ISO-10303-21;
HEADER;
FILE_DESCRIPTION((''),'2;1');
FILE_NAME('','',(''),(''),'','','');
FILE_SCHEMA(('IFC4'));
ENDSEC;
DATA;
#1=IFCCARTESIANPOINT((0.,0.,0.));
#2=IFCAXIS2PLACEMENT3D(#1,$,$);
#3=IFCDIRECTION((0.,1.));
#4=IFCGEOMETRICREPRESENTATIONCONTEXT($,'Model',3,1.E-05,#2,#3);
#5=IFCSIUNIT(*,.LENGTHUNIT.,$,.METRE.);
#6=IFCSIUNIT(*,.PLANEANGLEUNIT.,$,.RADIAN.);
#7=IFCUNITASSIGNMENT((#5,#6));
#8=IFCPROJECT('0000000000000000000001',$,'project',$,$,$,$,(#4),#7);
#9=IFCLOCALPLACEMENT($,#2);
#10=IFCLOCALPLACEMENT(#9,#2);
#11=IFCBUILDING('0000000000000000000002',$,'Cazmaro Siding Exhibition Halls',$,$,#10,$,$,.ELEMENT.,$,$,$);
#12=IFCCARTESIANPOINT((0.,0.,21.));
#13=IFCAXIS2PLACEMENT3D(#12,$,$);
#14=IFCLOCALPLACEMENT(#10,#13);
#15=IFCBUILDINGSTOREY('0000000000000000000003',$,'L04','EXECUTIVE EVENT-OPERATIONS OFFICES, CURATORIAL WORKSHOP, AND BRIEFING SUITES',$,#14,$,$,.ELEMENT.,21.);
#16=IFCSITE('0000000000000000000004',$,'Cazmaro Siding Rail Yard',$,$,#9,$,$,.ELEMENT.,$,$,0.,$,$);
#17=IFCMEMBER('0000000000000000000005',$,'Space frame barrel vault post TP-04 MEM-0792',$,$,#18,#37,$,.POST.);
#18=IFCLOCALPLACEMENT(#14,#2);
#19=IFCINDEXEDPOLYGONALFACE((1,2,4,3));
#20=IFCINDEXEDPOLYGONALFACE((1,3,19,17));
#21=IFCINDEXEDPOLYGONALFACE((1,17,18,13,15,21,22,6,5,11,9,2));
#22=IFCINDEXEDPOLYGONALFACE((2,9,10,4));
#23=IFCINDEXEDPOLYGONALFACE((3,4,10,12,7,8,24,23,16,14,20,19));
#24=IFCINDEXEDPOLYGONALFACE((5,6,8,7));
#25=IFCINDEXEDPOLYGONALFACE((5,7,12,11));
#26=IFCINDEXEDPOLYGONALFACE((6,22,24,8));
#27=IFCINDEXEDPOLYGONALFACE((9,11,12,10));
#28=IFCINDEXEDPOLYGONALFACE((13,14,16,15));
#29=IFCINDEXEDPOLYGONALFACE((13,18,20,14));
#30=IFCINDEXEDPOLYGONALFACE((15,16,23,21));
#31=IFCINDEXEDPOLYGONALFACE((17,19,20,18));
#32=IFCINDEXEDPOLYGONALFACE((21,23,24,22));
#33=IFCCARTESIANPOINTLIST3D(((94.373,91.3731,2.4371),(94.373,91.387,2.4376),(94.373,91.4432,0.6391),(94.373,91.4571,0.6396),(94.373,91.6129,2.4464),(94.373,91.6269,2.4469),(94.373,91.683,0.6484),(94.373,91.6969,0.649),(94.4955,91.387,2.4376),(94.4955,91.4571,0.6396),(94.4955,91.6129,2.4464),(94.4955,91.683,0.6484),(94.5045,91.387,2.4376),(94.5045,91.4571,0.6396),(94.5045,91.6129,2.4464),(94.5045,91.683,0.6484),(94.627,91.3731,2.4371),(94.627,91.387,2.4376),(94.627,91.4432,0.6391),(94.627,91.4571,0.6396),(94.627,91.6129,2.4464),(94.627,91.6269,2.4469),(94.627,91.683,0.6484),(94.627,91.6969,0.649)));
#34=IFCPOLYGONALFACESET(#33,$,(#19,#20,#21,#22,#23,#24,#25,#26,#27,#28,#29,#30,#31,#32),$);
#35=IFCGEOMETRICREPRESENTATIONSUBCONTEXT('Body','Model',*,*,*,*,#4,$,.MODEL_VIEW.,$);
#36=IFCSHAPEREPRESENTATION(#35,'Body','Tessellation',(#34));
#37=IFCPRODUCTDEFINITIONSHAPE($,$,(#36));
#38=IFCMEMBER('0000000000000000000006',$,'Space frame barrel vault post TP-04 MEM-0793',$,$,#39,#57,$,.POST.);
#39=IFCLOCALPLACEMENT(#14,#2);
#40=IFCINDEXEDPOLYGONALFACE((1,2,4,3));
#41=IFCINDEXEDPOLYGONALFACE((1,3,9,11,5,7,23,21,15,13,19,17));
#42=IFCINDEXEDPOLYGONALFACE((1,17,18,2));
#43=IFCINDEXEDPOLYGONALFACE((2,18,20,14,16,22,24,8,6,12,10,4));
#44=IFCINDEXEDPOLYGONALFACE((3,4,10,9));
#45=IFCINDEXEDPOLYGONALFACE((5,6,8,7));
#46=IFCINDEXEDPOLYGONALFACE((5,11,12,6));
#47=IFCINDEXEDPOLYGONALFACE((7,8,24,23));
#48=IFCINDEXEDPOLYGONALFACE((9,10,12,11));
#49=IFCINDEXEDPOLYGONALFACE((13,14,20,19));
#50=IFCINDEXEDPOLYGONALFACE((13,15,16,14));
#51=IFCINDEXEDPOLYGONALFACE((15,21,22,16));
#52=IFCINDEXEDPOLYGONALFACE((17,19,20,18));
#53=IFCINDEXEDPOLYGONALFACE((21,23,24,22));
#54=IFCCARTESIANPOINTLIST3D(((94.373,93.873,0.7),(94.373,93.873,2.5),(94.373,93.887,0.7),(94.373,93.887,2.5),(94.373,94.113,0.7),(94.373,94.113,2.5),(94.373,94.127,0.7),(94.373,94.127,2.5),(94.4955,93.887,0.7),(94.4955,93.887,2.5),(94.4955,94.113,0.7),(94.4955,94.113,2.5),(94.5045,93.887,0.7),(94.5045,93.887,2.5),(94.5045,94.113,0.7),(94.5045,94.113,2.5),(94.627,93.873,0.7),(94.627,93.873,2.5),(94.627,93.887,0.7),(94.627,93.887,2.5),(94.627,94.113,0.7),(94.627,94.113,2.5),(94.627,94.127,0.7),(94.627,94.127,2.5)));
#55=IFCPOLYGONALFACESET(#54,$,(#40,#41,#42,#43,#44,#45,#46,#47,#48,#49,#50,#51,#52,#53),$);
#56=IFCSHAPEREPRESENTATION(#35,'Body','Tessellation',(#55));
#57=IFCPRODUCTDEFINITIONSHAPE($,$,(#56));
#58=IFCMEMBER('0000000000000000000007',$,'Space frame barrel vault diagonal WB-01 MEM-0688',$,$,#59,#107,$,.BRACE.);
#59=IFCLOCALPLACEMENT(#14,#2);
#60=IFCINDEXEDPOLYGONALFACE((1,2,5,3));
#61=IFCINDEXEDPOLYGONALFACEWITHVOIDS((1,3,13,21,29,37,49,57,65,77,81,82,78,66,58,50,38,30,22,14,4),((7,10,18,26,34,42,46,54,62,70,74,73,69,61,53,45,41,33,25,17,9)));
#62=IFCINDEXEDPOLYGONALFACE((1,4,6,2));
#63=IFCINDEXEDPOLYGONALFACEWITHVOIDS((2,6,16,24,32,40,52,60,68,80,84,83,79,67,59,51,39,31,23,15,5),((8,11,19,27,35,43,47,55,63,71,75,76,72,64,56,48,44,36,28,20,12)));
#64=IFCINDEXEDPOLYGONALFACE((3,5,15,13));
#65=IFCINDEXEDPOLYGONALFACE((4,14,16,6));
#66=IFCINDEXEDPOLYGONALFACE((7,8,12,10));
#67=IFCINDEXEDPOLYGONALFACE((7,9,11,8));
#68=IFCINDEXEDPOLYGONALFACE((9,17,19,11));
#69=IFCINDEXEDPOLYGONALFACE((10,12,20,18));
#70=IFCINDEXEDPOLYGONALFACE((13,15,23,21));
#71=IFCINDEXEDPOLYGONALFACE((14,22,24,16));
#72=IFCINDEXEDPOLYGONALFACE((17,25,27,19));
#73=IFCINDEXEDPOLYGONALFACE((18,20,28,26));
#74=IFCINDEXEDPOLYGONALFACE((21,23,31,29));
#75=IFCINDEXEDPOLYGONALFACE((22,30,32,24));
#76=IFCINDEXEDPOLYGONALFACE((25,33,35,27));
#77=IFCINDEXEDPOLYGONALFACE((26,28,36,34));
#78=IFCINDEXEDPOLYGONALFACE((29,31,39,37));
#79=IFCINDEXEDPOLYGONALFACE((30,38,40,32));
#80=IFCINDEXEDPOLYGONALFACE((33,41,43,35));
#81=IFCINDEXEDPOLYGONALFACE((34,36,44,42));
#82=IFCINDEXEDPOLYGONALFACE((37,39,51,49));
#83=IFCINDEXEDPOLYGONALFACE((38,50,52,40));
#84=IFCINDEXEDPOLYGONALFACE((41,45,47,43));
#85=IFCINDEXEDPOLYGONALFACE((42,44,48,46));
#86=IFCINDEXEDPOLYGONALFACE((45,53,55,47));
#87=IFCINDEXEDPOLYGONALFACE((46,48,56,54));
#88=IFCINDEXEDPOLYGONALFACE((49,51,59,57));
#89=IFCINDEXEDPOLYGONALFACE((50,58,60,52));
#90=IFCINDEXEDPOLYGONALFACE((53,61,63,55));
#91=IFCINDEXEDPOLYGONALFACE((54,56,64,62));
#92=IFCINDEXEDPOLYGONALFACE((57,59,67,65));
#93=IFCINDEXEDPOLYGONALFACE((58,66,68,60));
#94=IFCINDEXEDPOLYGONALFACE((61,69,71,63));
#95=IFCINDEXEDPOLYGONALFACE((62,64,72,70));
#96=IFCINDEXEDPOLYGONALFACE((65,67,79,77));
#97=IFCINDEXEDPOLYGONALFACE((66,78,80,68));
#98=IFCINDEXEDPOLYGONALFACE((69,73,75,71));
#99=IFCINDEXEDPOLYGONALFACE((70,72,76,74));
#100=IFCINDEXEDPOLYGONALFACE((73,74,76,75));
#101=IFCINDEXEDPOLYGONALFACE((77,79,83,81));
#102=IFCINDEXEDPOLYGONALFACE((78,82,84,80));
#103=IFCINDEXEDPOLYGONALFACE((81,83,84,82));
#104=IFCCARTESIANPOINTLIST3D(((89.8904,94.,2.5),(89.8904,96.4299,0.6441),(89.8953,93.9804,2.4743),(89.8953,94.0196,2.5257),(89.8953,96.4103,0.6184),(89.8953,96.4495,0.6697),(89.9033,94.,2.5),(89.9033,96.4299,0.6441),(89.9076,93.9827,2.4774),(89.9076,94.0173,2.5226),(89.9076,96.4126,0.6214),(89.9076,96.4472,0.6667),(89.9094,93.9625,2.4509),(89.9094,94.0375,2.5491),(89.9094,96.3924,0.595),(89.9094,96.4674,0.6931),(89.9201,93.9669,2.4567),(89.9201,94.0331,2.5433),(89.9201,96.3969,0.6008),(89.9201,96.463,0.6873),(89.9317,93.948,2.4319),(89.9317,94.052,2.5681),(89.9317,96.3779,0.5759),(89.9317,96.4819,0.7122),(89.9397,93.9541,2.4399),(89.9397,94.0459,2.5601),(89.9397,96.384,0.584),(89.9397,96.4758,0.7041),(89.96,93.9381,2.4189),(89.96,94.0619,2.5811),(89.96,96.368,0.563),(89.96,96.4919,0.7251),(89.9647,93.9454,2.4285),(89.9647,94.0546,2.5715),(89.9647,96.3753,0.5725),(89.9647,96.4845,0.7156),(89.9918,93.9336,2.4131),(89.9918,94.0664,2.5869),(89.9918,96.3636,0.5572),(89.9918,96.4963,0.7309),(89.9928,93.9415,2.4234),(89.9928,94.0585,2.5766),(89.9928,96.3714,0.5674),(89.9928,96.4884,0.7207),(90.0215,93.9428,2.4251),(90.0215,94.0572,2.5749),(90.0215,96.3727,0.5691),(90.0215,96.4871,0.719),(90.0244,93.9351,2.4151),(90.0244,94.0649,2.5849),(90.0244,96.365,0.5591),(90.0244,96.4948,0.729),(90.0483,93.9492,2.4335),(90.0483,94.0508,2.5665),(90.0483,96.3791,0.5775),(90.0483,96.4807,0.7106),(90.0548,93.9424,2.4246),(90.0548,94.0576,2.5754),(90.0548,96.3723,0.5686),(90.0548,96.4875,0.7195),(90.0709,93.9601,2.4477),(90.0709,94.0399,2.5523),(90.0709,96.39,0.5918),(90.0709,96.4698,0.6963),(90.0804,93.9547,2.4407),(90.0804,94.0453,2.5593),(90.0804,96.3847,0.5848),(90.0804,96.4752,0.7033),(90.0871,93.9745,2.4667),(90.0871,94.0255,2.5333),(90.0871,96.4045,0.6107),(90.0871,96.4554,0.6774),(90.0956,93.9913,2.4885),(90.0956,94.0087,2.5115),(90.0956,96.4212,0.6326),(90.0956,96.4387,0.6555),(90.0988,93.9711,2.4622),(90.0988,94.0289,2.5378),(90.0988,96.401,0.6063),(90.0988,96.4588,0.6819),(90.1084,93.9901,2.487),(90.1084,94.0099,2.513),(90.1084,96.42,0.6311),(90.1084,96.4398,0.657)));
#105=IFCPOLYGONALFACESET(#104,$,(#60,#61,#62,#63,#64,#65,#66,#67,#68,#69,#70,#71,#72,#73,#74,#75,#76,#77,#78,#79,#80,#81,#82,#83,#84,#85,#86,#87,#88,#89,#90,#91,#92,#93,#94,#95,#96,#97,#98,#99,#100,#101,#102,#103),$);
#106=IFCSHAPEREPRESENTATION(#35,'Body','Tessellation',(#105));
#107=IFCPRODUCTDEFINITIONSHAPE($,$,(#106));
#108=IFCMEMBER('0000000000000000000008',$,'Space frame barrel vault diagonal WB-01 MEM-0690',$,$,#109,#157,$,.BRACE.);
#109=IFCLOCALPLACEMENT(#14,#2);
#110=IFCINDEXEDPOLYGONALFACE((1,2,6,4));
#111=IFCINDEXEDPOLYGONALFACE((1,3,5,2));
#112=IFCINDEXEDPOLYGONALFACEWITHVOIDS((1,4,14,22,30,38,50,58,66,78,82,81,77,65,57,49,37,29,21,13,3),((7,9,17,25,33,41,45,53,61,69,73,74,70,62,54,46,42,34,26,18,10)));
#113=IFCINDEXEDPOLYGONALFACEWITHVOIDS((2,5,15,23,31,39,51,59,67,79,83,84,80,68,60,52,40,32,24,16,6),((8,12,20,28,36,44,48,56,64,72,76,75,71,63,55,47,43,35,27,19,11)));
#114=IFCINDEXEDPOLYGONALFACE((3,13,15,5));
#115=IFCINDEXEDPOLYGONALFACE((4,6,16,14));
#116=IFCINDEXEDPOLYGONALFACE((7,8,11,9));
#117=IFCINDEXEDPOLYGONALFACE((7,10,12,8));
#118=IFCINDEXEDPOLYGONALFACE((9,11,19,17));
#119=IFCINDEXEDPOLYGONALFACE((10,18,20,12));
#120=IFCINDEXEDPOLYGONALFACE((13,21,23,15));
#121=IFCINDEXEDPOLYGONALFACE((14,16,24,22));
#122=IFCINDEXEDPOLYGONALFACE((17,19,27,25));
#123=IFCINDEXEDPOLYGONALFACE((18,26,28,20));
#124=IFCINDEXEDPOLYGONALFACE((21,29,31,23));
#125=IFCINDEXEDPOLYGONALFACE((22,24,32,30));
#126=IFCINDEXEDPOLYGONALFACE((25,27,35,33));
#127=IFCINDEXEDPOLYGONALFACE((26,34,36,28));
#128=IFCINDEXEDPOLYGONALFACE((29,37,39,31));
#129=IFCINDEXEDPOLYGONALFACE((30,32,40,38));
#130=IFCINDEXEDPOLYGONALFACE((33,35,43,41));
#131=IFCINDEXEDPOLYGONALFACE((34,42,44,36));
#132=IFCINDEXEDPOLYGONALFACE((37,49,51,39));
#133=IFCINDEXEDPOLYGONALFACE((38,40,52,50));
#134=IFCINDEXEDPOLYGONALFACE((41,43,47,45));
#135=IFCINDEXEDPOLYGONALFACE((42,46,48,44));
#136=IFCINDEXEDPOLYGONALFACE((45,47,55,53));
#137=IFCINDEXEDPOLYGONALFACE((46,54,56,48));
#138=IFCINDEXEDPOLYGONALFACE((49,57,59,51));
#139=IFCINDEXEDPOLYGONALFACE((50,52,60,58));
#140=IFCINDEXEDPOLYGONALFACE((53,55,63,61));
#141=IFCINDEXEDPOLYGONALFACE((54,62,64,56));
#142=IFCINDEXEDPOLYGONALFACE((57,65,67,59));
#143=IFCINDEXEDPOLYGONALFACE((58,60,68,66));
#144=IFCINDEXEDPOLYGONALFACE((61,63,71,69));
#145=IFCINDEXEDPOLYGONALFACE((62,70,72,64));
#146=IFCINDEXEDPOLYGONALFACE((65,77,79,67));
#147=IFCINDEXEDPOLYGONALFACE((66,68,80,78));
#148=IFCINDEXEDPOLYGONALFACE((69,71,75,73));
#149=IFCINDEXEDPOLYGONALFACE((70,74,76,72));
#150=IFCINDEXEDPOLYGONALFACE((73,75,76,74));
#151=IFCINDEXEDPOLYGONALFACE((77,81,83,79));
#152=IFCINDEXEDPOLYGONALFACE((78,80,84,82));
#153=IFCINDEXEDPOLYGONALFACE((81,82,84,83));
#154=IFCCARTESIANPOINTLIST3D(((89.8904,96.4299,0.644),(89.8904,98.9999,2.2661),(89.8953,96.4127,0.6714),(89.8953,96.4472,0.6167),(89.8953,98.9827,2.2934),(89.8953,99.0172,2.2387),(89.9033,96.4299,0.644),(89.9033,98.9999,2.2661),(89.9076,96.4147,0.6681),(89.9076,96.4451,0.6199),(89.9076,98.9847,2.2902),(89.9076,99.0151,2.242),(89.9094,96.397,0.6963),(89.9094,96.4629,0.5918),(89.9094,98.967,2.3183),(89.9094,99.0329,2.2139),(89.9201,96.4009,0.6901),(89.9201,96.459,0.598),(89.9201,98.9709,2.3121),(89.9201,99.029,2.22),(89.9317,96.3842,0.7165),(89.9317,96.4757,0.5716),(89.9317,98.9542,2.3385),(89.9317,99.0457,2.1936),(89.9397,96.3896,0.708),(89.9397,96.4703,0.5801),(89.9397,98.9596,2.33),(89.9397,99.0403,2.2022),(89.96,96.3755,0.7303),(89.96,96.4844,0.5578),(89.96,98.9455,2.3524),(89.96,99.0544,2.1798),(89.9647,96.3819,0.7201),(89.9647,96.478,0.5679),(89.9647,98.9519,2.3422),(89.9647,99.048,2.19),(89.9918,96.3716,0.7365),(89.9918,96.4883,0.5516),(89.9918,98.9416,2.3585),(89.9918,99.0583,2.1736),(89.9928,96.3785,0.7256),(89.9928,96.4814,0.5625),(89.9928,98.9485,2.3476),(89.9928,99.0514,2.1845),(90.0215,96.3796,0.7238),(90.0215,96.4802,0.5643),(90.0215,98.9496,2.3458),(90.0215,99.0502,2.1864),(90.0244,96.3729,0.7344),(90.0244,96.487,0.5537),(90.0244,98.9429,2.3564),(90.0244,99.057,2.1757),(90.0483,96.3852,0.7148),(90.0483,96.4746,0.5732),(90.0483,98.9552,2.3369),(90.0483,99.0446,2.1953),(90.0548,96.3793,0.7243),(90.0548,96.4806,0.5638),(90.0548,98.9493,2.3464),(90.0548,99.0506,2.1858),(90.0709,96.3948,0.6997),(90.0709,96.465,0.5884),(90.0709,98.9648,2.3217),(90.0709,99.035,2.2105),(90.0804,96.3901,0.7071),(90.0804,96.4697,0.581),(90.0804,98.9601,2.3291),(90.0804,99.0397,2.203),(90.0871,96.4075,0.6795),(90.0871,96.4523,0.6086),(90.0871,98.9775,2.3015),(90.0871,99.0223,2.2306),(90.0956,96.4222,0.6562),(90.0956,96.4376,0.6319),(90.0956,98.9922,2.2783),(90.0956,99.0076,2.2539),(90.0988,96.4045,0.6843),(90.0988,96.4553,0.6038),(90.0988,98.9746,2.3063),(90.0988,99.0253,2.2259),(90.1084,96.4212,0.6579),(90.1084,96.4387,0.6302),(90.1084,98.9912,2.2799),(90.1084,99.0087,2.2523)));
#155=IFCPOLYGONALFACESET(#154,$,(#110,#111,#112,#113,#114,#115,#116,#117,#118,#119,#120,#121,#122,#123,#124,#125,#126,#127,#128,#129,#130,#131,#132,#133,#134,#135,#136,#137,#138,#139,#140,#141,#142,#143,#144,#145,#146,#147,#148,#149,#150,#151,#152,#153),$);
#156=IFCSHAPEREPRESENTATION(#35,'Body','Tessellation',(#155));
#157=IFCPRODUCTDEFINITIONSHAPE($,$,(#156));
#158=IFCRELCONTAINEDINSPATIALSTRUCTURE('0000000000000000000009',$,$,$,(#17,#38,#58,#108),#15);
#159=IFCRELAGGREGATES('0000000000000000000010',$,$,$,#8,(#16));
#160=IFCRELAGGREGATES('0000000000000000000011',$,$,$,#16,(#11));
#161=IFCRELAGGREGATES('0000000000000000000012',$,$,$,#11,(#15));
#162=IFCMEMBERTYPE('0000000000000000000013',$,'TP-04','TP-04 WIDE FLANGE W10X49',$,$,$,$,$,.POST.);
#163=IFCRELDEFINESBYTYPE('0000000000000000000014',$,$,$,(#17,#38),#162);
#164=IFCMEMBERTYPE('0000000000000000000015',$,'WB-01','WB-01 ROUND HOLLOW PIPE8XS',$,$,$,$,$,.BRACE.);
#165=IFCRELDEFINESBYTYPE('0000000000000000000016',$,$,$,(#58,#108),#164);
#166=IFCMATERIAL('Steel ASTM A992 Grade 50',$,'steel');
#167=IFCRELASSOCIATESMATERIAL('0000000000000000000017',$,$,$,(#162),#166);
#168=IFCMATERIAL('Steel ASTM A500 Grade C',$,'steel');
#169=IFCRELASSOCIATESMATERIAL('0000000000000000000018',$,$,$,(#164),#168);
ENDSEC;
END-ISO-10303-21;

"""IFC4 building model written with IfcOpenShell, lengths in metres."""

from ifc_helpers import new_model, si_unit, direction, frame, origin, origin_2d, place, context, subcontext, project, spatial, hollow_circle, i_section, extrude, material, material_profile, profile_set, type_object, element, save


model = new_model("IFC4")

# Units and contexts
model_context = context("Model", 3, precision=1e-05, world=origin(), true_north=direction((0.0, 1.0)))
body_context = subcontext(model_context, "Body", "Model", "MODEL_VIEW")
ifc_project = project(units=[si_unit("LENGTHUNIT", "METRE"), si_unit("PLANEANGLEUNIT", "RADIAN")], contexts=[model_context])

# Site, building, storey
site_placement = place(None, origin())
site = spatial("IfcSite", under=ifc_project, at=site_placement, Name="Cazmaro Siding Rail Yard", CompositionType="ELEMENT", RefElevation=0.0)
building_placement = place(site_placement, origin())
building = spatial("IfcBuilding", under=site, at=building_placement, Name="Cazmaro Siding Exhibition Halls", CompositionType="ELEMENT")
storey_placement = place(building_placement, frame((0.0, 0.0, 21.0)))
storey = spatial("IfcBuildingStorey", under=building, at=storey_placement, Name="L04", Description="EXECUTIVE EVENT-OPERATIONS OFFICES, CURATORIAL WORKSHOP, AND BRIEFING SUITES", CompositionType="ELEMENT", Elevation=21.0)

# Members
ifc_material_1 = material(Name="Steel ASTM A992 Grade 50", Category="steel")
ifc_material_profile_1 = material_profile(ifc_material_1, i_section(OverallWidth=0.2539, OverallDepth=0.2539, WebThickness=0.009, FlangeThickness=0.0139, at=origin_2d()), Name="W10X49")
ifc_profile_set_1 = profile_set([ifc_material_profile_1], Name="Steel ASTM A992 Grade 50")
member_type_1 = type_object("IfcMemberType", Name="TP-04", Description="TP-04 WIDE FLANGE W10X49", PredefinedType="POST", material=ifc_profile_set_1)
member_1_placement = place(storey_placement, frame((94.5, 91.5701, 0.644), z_axis=(0.0, -0.038944, 0.999241), x_axis=(1.0, 0.0, 0.0)))
element("IfcMember", 1, at=member_1_placement, inside=storey, type_object=member_type_1, Name="Space frame barrel vault post TP-04 MEM-0792", PredefinedType="POST", context=body_context, shape_type="SweptSolid", body=[
    extrude(i_section(OverallWidth=0.2539, OverallDepth=0.2539, WebThickness=0.009, FlangeThickness=0.0139, at=origin_2d()), origin(), (0.0, 0.0, 1.0), 1.7993),
])
member_2_placement = place(storey_placement, frame((94.5, 94.0, 0.7), z_axis=(0.0, 0.0, 1.0), x_axis=(1.0, 0.0, 0.0)))
element("IfcMember", 2, at=member_2_placement, inside=storey, type_object=member_type_1, Name="Space frame barrel vault post TP-04 MEM-0793", PredefinedType="POST", context=body_context, shape_type="SweptSolid", body=[
    extrude(i_section(OverallWidth=0.2539, OverallDepth=0.2539, WebThickness=0.009, FlangeThickness=0.0139, at=origin_2d()), origin(), (0.0, 0.0, 1.0), 1.8),
])
ifc_material_2 = material(Name="Steel ASTM A500 Grade C", Category="steel")
ifc_material_profile_2 = material_profile(ifc_material_2, hollow_circle(Radius=0.1096, WallThickness=0.0129, at=origin_2d()), Name="PIPE8XS")
ifc_profile_set_2 = profile_set([ifc_material_profile_2], Name="Steel ASTM A500 Grade C")
member_type_2 = type_object("IfcMemberType", Name="WB-01", Description="WB-01 ROUND HOLLOW PIPE8XS", PredefinedType="BRACE", material=ifc_profile_set_2)
member_3_placement = place(storey_placement, frame((90.0, 94.0, 2.5), z_axis=(0.0, 0.794709, -0.606991), x_axis=(-1.0, 0.0, 0.0)))
element("IfcMember", 3, at=member_3_placement, inside=storey, type_object=member_type_2, Name="Space frame barrel vault diagonal WB-01 MEM-0688", PredefinedType="BRACE", context=body_context, shape_type="SweptSolid", body=[
    extrude(hollow_circle(Radius=0.1096, WallThickness=0.0129, at=origin_2d()), origin(), (0.0, 0.0, 1.0), 3.0576),
])
member_4_placement = place(storey_placement, frame((90.0, 96.4299, 0.644), z_axis=(0.0, 0.845657, 0.533727), x_axis=(-1.0, 0.0, 0.0)))
element("IfcMember", 4, at=member_4_placement, inside=storey, type_object=member_type_2, Name="Space frame barrel vault diagonal WB-01 MEM-0690", PredefinedType="BRACE", context=body_context, shape_type="SweptSolid", body=[
    extrude(hollow_circle(Radius=0.1096, WallThickness=0.0129, at=origin_2d()), origin(), (0.0, 0.0, 1.0), 3.0391),
])

save(model, "model.ifc")
